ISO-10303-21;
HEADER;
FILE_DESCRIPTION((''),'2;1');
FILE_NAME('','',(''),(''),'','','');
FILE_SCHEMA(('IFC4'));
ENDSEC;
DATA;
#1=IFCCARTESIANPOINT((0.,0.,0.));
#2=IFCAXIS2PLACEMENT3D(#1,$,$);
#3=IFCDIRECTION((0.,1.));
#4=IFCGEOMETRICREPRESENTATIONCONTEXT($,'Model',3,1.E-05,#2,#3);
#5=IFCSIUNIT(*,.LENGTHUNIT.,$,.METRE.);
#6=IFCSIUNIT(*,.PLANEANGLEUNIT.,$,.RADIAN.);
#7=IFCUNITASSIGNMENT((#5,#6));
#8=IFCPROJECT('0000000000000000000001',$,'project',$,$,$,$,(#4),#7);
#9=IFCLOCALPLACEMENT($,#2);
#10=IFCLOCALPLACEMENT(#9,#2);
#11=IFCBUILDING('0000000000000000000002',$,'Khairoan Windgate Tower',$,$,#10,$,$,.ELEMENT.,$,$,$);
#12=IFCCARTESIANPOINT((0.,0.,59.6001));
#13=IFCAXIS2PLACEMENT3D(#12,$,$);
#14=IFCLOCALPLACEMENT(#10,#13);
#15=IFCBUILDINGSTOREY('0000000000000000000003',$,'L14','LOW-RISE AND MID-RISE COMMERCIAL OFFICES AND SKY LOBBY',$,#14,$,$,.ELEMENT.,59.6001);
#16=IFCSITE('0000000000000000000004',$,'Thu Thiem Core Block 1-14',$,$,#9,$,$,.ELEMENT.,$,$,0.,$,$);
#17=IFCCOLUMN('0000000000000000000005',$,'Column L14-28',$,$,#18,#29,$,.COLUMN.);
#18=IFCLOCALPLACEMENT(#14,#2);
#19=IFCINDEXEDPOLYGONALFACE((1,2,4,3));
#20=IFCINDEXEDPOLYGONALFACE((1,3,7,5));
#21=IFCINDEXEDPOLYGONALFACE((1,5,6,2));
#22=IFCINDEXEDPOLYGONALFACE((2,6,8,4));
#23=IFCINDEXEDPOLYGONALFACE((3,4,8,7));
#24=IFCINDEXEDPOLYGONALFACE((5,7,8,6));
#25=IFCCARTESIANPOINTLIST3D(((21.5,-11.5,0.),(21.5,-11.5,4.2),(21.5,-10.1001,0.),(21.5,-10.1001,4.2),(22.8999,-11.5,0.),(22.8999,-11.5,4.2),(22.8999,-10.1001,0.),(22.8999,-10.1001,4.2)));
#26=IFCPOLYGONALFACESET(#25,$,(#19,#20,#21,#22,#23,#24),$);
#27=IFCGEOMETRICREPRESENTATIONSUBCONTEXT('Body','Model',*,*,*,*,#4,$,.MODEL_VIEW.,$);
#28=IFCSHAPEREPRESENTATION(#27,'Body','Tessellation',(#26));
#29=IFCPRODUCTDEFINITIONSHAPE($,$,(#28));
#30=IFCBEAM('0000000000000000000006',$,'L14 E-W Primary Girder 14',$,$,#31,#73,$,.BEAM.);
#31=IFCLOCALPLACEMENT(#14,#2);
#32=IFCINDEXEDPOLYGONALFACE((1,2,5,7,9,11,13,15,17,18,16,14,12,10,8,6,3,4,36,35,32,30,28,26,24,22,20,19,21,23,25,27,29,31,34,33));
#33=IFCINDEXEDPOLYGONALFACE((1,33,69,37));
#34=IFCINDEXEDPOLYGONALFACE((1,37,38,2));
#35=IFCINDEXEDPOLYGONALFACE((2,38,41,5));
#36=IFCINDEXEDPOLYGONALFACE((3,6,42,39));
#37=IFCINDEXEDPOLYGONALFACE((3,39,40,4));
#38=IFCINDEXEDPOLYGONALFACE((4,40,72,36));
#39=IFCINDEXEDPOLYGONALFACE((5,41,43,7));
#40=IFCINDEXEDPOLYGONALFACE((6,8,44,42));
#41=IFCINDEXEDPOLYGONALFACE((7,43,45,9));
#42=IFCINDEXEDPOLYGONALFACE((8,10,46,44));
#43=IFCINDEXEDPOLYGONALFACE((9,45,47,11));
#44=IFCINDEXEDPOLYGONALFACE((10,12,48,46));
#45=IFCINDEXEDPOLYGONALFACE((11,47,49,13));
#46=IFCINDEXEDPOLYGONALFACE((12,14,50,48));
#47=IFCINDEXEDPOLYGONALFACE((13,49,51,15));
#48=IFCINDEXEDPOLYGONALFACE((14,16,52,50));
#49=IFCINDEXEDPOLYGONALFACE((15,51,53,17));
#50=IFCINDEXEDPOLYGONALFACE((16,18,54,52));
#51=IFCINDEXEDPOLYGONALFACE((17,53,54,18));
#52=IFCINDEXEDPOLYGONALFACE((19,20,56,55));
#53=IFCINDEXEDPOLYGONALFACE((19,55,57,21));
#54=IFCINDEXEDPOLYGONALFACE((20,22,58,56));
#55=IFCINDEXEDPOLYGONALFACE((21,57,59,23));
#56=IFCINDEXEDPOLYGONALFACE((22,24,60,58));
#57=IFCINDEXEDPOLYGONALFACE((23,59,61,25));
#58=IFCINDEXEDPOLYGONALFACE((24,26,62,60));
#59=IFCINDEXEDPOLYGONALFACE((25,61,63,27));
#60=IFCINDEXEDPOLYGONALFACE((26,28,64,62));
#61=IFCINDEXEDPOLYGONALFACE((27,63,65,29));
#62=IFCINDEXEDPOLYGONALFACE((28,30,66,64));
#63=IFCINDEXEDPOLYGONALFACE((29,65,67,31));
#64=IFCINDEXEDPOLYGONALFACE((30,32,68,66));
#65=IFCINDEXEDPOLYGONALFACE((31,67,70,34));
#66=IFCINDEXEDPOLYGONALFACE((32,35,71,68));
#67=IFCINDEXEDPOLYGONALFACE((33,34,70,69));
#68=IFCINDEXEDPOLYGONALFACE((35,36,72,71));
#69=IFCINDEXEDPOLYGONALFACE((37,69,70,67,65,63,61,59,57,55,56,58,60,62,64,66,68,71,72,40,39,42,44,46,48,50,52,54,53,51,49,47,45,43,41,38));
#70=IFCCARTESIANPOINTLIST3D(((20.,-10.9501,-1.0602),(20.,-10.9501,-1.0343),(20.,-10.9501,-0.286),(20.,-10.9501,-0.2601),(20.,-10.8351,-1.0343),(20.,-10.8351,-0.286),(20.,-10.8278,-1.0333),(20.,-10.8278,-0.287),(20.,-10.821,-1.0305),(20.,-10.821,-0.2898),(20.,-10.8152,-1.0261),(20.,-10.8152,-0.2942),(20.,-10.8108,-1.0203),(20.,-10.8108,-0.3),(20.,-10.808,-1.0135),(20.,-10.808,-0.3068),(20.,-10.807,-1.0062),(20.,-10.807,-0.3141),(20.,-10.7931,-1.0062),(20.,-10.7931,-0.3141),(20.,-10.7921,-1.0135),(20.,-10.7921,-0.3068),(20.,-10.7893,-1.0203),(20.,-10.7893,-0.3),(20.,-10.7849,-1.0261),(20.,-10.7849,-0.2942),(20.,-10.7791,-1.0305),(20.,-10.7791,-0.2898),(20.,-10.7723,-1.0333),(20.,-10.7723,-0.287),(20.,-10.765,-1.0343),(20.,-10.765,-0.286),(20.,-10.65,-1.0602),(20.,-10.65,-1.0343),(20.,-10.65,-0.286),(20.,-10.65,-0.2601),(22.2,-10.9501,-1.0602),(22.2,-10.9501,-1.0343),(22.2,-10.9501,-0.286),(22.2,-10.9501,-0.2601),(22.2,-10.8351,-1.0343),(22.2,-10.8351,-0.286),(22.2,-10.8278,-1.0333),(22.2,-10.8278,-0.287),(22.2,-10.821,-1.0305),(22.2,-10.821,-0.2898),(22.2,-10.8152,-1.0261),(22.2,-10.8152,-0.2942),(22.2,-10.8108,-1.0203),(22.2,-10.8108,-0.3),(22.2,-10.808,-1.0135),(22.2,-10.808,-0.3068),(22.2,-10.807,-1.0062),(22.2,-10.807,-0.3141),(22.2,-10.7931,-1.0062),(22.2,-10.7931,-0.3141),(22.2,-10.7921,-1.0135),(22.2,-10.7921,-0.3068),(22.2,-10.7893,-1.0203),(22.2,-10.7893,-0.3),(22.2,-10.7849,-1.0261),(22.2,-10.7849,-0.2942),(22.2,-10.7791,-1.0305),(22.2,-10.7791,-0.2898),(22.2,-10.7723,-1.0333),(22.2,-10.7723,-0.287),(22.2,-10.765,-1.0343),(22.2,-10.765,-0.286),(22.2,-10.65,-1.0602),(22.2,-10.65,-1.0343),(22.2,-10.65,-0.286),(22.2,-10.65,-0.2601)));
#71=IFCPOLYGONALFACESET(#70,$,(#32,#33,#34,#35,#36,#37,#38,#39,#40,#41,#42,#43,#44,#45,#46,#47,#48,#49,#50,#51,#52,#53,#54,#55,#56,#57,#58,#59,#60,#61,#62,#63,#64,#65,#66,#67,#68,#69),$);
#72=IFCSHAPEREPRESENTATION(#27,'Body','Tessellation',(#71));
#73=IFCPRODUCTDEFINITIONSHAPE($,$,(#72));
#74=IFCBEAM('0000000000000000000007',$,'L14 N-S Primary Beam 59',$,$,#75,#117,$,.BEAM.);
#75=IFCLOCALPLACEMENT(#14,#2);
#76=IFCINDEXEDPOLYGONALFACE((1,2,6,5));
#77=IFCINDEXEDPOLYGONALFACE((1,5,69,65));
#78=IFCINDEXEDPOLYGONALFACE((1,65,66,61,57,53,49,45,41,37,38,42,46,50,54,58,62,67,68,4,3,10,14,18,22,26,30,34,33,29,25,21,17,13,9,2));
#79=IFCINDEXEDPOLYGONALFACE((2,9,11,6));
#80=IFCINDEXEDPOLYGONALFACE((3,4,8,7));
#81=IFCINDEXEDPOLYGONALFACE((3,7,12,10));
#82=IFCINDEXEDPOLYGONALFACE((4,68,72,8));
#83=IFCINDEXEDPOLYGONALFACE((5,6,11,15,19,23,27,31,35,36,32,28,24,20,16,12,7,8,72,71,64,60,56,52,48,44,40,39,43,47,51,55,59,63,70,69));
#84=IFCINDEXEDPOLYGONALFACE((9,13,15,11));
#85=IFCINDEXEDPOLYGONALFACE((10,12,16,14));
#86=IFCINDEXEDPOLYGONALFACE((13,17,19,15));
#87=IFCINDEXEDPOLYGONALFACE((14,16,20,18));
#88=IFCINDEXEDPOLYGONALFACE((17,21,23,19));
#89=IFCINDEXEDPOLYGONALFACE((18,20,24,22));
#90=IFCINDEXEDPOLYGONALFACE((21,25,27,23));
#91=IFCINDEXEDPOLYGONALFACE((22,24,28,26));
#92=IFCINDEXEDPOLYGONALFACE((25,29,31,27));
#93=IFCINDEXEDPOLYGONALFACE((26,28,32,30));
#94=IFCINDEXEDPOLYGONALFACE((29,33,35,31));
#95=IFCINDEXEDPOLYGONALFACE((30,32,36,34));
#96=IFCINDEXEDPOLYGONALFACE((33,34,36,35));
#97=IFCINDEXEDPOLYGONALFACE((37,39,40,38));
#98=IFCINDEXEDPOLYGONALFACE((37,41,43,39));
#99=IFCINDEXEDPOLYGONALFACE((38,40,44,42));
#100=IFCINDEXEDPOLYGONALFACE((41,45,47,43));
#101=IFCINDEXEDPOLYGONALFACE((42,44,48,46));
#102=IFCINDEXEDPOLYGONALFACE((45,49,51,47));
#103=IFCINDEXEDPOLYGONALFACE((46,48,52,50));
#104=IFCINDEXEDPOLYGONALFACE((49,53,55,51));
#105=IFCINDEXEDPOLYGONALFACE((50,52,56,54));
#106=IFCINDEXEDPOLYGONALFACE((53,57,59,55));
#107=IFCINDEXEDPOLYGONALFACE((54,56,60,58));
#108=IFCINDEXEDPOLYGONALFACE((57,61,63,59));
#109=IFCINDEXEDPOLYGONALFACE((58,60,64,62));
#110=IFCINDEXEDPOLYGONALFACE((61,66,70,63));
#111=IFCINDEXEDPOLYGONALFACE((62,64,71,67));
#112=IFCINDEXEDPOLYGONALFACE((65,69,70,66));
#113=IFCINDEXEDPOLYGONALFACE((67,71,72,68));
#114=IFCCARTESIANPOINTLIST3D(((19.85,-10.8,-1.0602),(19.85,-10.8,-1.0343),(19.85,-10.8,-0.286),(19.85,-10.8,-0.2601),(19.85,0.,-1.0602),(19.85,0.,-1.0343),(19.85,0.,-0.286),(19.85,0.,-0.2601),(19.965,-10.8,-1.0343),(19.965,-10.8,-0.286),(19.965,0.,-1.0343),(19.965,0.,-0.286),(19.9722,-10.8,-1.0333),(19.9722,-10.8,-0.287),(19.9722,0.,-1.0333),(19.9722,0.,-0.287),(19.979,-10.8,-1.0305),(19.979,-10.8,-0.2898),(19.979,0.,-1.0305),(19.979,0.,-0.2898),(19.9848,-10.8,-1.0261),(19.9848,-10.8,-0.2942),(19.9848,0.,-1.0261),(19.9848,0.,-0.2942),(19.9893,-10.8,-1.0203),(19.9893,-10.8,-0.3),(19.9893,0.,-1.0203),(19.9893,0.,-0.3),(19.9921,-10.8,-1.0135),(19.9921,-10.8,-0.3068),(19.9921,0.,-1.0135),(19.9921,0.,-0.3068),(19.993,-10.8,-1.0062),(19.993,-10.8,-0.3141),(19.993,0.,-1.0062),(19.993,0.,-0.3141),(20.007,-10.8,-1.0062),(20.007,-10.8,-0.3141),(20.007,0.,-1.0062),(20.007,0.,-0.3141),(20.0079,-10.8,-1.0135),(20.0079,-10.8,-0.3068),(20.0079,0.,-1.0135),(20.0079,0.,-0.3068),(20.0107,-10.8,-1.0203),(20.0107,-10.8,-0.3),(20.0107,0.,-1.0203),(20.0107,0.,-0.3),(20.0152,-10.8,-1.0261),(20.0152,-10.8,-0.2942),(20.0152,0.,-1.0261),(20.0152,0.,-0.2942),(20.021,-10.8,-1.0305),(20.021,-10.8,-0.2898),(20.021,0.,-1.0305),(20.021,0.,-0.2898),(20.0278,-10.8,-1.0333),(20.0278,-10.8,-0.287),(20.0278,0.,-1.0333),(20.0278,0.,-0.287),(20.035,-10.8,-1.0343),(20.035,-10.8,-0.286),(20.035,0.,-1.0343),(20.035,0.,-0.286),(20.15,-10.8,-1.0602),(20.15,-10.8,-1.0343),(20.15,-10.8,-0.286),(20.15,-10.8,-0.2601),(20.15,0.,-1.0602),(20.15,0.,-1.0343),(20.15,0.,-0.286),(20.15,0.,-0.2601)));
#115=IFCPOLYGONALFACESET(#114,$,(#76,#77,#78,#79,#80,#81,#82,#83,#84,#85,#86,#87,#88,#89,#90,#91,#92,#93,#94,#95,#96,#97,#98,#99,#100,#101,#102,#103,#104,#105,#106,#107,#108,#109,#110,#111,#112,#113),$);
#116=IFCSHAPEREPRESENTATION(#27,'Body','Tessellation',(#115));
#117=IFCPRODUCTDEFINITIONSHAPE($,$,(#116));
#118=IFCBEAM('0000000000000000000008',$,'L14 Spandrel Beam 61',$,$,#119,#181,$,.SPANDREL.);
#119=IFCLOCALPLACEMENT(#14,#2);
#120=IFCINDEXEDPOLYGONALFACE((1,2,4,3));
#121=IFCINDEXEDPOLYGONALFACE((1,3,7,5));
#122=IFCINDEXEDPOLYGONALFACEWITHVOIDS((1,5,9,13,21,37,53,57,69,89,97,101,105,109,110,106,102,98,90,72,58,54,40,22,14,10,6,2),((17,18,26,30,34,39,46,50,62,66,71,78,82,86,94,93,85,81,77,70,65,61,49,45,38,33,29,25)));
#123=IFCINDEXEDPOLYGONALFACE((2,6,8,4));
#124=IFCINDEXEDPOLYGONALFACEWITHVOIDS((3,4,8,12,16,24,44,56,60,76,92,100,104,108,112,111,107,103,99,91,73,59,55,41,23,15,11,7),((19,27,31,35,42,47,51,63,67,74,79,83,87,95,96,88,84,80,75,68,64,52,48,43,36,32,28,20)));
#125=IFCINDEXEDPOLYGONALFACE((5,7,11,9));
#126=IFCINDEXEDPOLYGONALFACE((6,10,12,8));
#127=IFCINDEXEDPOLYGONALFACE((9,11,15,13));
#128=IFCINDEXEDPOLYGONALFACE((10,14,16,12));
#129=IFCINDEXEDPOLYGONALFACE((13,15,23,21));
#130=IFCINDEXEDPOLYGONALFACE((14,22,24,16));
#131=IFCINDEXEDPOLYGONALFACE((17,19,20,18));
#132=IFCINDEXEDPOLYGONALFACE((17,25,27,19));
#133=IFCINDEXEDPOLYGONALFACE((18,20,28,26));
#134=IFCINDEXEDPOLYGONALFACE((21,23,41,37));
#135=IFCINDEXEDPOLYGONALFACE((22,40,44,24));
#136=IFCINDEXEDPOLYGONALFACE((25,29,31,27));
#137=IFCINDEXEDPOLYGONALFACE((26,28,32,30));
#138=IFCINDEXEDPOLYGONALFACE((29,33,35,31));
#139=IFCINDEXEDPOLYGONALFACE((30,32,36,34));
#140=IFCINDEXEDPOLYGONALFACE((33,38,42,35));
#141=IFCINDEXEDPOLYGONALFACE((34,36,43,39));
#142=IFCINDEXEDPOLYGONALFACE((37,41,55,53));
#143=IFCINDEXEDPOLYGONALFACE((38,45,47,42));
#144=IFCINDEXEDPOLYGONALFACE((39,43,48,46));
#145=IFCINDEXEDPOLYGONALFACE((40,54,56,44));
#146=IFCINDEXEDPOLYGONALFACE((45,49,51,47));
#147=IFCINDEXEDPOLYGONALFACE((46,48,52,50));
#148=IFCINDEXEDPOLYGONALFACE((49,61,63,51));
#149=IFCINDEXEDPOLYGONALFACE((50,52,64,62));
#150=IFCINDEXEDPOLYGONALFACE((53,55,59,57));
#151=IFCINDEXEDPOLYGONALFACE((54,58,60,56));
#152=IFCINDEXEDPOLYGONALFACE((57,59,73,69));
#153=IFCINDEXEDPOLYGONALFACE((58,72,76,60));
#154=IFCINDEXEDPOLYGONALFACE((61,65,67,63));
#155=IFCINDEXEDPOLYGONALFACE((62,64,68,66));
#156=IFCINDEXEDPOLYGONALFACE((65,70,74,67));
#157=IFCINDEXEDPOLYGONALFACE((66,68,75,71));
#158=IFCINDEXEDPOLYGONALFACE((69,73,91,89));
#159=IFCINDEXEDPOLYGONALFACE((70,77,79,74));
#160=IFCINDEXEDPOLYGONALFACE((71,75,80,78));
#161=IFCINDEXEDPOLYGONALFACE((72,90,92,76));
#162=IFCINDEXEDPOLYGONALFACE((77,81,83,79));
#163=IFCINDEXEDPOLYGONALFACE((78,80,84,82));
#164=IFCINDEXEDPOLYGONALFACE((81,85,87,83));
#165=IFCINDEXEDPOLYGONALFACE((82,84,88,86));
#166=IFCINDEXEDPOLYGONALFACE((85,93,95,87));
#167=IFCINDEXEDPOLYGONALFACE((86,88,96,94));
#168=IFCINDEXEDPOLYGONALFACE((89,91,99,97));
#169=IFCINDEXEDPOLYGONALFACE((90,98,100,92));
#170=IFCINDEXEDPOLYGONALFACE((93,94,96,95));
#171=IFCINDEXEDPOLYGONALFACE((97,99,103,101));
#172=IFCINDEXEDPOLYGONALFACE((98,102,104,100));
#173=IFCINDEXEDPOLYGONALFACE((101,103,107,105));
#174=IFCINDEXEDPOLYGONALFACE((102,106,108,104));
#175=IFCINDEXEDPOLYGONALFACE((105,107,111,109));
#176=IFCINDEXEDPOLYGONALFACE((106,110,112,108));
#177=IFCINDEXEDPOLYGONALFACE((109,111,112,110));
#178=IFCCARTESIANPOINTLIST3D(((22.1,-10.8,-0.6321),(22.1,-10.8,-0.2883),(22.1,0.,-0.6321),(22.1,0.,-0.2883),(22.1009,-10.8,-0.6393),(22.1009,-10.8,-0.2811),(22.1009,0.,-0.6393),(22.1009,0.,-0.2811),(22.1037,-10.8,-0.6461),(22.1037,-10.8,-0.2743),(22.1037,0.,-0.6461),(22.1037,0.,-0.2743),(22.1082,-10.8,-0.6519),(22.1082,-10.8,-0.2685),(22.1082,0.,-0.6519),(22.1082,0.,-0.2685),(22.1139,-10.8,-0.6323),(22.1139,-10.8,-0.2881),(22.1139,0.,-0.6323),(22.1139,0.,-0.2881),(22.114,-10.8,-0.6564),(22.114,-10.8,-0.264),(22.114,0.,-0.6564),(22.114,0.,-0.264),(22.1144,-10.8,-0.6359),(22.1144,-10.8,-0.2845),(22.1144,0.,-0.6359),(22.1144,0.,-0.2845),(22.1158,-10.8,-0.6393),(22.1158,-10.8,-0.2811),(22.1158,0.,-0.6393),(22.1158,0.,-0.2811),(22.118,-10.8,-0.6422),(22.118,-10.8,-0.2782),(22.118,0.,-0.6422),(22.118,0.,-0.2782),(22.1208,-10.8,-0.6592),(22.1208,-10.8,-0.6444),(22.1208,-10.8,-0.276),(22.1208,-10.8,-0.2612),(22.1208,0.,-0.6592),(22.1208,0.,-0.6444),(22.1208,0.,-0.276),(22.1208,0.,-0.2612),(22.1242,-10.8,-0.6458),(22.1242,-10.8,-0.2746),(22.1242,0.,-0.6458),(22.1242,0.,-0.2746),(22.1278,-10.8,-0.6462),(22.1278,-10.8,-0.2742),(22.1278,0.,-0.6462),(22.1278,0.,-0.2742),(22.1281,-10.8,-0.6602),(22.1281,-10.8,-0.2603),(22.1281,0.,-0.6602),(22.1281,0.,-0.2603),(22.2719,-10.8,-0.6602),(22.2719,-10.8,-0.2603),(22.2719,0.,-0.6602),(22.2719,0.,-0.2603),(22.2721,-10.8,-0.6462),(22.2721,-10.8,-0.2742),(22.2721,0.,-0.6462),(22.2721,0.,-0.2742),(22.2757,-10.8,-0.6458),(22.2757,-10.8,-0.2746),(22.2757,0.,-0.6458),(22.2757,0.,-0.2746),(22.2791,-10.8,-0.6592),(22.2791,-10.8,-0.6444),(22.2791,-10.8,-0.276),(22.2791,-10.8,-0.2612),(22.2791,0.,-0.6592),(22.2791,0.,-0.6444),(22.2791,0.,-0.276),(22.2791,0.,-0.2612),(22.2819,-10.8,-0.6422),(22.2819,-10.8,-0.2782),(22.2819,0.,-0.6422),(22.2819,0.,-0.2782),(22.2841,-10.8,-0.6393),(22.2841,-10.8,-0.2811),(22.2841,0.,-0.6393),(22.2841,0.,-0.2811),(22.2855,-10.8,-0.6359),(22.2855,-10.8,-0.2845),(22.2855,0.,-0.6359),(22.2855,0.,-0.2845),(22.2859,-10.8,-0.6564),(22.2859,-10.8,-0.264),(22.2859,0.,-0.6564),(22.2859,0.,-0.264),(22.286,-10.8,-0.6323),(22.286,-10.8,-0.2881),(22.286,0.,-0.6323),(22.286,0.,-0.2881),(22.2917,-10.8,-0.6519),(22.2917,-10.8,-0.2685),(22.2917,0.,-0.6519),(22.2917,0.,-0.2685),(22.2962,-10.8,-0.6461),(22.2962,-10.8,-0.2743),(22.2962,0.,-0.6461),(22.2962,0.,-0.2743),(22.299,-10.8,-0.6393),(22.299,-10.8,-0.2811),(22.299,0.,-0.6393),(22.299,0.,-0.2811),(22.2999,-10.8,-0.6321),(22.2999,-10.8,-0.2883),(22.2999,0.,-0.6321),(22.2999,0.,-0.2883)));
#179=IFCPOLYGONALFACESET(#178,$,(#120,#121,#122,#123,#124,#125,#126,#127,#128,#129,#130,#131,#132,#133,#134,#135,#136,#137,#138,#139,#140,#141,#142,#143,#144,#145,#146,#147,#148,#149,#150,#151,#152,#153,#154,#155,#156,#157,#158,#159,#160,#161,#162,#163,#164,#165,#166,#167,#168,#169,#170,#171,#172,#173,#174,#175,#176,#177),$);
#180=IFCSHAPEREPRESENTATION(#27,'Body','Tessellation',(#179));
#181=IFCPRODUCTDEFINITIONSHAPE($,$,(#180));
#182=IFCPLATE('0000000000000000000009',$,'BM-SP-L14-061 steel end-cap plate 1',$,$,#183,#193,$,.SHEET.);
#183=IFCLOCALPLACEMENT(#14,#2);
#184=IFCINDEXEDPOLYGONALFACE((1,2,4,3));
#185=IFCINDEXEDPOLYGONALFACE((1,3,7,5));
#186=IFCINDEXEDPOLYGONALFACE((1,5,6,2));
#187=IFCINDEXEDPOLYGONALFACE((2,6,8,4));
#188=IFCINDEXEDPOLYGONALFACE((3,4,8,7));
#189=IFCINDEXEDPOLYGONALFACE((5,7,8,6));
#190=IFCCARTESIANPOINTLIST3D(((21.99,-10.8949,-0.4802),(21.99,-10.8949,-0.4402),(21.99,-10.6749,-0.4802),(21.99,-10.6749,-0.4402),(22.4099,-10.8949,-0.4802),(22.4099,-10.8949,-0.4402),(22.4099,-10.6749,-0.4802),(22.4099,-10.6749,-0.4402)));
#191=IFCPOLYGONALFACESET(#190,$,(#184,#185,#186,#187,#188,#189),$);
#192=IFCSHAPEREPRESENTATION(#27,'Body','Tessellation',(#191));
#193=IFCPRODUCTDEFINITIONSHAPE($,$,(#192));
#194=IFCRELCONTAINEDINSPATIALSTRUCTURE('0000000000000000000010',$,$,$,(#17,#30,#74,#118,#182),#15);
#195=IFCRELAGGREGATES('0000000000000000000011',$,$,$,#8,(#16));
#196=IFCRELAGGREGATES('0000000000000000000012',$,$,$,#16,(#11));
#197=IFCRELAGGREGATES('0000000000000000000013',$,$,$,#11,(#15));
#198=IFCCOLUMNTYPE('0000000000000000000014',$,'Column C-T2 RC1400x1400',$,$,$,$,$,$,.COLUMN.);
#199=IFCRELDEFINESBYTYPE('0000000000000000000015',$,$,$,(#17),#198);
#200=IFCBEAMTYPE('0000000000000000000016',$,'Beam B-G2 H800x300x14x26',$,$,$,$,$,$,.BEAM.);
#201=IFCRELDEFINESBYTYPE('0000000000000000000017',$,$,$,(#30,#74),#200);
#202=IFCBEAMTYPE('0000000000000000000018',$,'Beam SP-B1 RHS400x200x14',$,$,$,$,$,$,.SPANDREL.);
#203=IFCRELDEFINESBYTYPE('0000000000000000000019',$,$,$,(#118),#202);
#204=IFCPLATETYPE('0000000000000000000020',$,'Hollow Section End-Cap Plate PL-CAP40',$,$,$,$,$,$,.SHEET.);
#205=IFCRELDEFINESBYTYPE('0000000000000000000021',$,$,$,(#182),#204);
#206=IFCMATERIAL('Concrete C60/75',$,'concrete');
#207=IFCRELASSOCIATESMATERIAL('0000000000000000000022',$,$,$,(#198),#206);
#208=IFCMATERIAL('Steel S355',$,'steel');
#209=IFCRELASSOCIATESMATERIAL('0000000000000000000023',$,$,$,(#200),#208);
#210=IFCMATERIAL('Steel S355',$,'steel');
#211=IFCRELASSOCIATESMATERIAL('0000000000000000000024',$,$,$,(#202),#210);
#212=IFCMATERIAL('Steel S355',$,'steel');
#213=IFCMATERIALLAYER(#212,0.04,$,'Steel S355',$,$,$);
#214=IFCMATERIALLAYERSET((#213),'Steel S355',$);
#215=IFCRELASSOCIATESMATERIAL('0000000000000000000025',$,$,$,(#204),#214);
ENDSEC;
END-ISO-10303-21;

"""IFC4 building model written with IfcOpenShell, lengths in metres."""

from ifc_helpers import new_model, si_unit, direction, frame, origin, origin_2d, place, context, subcontext, project, spatial, rectangle, hollow_rectangle, i_section, extrude, material, layer, layer_set, material_profile, profile_set, type_object, element, save


model = new_model("IFC4")

# Units and contexts
model_context = context("Model", 3, precision=1e-05, world=origin(), true_north=direction((0.0, 1.0)))
body_context = subcontext(model_context, "Body", "Model", "MODEL_VIEW")
ifc_project = project(units=[si_unit("LENGTHUNIT", "METRE"), si_unit("PLANEANGLEUNIT", "RADIAN")], contexts=[model_context])

# Site, building, storey
site_placement = place(None, origin())
site = spatial("IfcSite", under=ifc_project, at=site_placement, Name="Thu Thiem Core Block 1-14", CompositionType="ELEMENT", RefElevation=0.0)
building_placement = place(site_placement, origin())
building = spatial("IfcBuilding", under=site, at=building_placement, Name="Khairoan Windgate Tower", CompositionType="ELEMENT")
storey_placement = place(building_placement, frame((0.0, 0.0, 59.6001)))
storey = spatial("IfcBuildingStorey", under=building, at=storey_placement, Name="L14", Description="LOW-RISE AND MID-RISE COMMERCIAL OFFICES AND SKY LOBBY", CompositionType="ELEMENT", Elevation=59.6001)

# Column
ifc_material_1 = material(Name="Concrete C60/75", Category="concrete")
ifc_material_profile_1 = material_profile(ifc_material_1, rectangle(XDim=1.3999, YDim=1.3999, at=origin_2d()))
ifc_profile_set_1 = profile_set([ifc_material_profile_1], Name="Concrete C60/75")
column_type = type_object("IfcColumnType", Name="Column C-T2 RC1400x1400", PredefinedType="COLUMN", material=ifc_profile_set_1)
column_placement = place(storey_placement, frame((22.2, -10.8, 0.0), z_axis=(0.0, 0.0, 1.0), x_axis=(1.0, 0.0, 0.0)))
element("IfcColumn", 1, at=column_placement, inside=storey, type_object=column_type, Name="Column L14-28", PredefinedType="COLUMN", context=body_context, shape_type="SweptSolid", body=[
    extrude(rectangle(XDim=1.3999, YDim=1.3999, at=origin_2d()), origin(), (0.0, 0.0, 1.0), 4.2),
])

# Beams
ifc_material_2 = material(Name="Steel S355", Category="steel")
ifc_material_profile_2 = material_profile(ifc_material_2, i_section(OverallWidth=0.3, OverallDepth=0.8, WebThickness=0.0139, FlangeThickness=0.0259, FilletRadius=0.0281, at=origin_2d()))
ifc_profile_set_2 = profile_set([ifc_material_profile_2], Name="Steel S355")
beam_type_1 = type_object("IfcBeamType", Name="Beam B-G2 H800x300x14x26", PredefinedType="BEAM", material=ifc_profile_set_2)
beam_1_placement = place(storey_placement, frame((20.0, -10.8, -0.6602), z_axis=(1.0, 0.0, 0.0), x_axis=(0.0, 1.0, 0.0)))
element("IfcBeam", 2, at=beam_1_placement, inside=storey, type_object=beam_type_1, Name="L14 E-W Primary Girder 14", PredefinedType="BEAM", context=body_context, shape_type="SweptSolid", body=[
    extrude(i_section(OverallWidth=0.3, OverallDepth=0.8, WebThickness=0.0139, FlangeThickness=0.0259, FilletRadius=0.0281, at=origin_2d()), origin(), (0.0, 0.0, 1.0), 2.2),
])
beam_2_placement = place(storey_placement, frame((20.0, -10.8, -0.6602), z_axis=(0.0, 1.0, 0.0), x_axis=(-1.0, 0.0, 0.0)))
element("IfcBeam", 3, at=beam_2_placement, inside=storey, type_object=beam_type_1, Name="L14 N-S Primary Beam 59", PredefinedType="BEAM", context=body_context, shape_type="SweptSolid", body=[
    extrude(i_section(OverallWidth=0.3, OverallDepth=0.8, WebThickness=0.0139, FlangeThickness=0.0259, FilletRadius=0.0281, at=origin_2d()), origin(), (0.0, 0.0, 1.0), 10.8),
])
ifc_material_3 = material(Name="Steel S355", Category="steel")
ifc_material_profile_3 = material_profile(ifc_material_3, hollow_rectangle(XDim=0.2, YDim=0.3999, WallThickness=0.0139, InnerFilletRadius=0.0139, OuterFilletRadius=0.0281, at=origin_2d()))
ifc_profile_set_3 = profile_set([ifc_material_profile_3], Name="Steel S355")
beam_type_2 = type_object("IfcBeamType", Name="Beam SP-B1 RHS400x200x14", PredefinedType="SPANDREL", material=ifc_profile_set_3)
beam_3_placement = place(storey_placement, frame((22.2, -10.8, -0.4602), z_axis=(0.0, 1.0, 0.0), x_axis=(-1.0, 0.0, 0.0)))
element("IfcBeam", 4, at=beam_3_placement, inside=storey, type_object=beam_type_2, Name="L14 Spandrel Beam 61", PredefinedType="SPANDREL", context=body_context, shape_type="SweptSolid", body=[
    extrude(hollow_rectangle(XDim=0.2, YDim=0.3999, WallThickness=0.0139, InnerFilletRadius=0.0139, OuterFilletRadius=0.0281, at=origin_2d()), origin(), (0.0, 0.0, 1.0), 10.8),
])

# Plate
ifc_material_4 = material(Name="Steel S355", Category="steel")
ifc_layer_1 = layer(ifc_material_4, 0.04, Name="Steel S355")
ifc_layer_set_1 = layer_set([ifc_layer_1], Name="Steel S355")
plate_type = type_object("IfcPlateType", Name="Hollow Section End-Cap Plate PL-CAP40", PredefinedType="SHEET", material=ifc_layer_set_1)
for number, where, z_axis, x_axis, name in (
    (5, (22.2, -10.7849, -0.4802), (0.0, 0.0, 1.0), (0.0, 1.0, 0.0), "BM-SP-L14-061 steel end-cap plate 1"),
):
    element("IfcPlate", number, at=place(storey_placement, frame(where, z_axis=z_axis, x_axis=x_axis)), inside=storey, type_object=plate_type, Name=name, PredefinedType="SHEET", context=body_context, shape_type="SweptSolid", body=[
        extrude(rectangle(XDim=0.22, YDim=0.4199, at=origin_2d()), origin(), (0.0, 0.0, 1.0), 0.04),
    ])

save(model, "model.ifc")
